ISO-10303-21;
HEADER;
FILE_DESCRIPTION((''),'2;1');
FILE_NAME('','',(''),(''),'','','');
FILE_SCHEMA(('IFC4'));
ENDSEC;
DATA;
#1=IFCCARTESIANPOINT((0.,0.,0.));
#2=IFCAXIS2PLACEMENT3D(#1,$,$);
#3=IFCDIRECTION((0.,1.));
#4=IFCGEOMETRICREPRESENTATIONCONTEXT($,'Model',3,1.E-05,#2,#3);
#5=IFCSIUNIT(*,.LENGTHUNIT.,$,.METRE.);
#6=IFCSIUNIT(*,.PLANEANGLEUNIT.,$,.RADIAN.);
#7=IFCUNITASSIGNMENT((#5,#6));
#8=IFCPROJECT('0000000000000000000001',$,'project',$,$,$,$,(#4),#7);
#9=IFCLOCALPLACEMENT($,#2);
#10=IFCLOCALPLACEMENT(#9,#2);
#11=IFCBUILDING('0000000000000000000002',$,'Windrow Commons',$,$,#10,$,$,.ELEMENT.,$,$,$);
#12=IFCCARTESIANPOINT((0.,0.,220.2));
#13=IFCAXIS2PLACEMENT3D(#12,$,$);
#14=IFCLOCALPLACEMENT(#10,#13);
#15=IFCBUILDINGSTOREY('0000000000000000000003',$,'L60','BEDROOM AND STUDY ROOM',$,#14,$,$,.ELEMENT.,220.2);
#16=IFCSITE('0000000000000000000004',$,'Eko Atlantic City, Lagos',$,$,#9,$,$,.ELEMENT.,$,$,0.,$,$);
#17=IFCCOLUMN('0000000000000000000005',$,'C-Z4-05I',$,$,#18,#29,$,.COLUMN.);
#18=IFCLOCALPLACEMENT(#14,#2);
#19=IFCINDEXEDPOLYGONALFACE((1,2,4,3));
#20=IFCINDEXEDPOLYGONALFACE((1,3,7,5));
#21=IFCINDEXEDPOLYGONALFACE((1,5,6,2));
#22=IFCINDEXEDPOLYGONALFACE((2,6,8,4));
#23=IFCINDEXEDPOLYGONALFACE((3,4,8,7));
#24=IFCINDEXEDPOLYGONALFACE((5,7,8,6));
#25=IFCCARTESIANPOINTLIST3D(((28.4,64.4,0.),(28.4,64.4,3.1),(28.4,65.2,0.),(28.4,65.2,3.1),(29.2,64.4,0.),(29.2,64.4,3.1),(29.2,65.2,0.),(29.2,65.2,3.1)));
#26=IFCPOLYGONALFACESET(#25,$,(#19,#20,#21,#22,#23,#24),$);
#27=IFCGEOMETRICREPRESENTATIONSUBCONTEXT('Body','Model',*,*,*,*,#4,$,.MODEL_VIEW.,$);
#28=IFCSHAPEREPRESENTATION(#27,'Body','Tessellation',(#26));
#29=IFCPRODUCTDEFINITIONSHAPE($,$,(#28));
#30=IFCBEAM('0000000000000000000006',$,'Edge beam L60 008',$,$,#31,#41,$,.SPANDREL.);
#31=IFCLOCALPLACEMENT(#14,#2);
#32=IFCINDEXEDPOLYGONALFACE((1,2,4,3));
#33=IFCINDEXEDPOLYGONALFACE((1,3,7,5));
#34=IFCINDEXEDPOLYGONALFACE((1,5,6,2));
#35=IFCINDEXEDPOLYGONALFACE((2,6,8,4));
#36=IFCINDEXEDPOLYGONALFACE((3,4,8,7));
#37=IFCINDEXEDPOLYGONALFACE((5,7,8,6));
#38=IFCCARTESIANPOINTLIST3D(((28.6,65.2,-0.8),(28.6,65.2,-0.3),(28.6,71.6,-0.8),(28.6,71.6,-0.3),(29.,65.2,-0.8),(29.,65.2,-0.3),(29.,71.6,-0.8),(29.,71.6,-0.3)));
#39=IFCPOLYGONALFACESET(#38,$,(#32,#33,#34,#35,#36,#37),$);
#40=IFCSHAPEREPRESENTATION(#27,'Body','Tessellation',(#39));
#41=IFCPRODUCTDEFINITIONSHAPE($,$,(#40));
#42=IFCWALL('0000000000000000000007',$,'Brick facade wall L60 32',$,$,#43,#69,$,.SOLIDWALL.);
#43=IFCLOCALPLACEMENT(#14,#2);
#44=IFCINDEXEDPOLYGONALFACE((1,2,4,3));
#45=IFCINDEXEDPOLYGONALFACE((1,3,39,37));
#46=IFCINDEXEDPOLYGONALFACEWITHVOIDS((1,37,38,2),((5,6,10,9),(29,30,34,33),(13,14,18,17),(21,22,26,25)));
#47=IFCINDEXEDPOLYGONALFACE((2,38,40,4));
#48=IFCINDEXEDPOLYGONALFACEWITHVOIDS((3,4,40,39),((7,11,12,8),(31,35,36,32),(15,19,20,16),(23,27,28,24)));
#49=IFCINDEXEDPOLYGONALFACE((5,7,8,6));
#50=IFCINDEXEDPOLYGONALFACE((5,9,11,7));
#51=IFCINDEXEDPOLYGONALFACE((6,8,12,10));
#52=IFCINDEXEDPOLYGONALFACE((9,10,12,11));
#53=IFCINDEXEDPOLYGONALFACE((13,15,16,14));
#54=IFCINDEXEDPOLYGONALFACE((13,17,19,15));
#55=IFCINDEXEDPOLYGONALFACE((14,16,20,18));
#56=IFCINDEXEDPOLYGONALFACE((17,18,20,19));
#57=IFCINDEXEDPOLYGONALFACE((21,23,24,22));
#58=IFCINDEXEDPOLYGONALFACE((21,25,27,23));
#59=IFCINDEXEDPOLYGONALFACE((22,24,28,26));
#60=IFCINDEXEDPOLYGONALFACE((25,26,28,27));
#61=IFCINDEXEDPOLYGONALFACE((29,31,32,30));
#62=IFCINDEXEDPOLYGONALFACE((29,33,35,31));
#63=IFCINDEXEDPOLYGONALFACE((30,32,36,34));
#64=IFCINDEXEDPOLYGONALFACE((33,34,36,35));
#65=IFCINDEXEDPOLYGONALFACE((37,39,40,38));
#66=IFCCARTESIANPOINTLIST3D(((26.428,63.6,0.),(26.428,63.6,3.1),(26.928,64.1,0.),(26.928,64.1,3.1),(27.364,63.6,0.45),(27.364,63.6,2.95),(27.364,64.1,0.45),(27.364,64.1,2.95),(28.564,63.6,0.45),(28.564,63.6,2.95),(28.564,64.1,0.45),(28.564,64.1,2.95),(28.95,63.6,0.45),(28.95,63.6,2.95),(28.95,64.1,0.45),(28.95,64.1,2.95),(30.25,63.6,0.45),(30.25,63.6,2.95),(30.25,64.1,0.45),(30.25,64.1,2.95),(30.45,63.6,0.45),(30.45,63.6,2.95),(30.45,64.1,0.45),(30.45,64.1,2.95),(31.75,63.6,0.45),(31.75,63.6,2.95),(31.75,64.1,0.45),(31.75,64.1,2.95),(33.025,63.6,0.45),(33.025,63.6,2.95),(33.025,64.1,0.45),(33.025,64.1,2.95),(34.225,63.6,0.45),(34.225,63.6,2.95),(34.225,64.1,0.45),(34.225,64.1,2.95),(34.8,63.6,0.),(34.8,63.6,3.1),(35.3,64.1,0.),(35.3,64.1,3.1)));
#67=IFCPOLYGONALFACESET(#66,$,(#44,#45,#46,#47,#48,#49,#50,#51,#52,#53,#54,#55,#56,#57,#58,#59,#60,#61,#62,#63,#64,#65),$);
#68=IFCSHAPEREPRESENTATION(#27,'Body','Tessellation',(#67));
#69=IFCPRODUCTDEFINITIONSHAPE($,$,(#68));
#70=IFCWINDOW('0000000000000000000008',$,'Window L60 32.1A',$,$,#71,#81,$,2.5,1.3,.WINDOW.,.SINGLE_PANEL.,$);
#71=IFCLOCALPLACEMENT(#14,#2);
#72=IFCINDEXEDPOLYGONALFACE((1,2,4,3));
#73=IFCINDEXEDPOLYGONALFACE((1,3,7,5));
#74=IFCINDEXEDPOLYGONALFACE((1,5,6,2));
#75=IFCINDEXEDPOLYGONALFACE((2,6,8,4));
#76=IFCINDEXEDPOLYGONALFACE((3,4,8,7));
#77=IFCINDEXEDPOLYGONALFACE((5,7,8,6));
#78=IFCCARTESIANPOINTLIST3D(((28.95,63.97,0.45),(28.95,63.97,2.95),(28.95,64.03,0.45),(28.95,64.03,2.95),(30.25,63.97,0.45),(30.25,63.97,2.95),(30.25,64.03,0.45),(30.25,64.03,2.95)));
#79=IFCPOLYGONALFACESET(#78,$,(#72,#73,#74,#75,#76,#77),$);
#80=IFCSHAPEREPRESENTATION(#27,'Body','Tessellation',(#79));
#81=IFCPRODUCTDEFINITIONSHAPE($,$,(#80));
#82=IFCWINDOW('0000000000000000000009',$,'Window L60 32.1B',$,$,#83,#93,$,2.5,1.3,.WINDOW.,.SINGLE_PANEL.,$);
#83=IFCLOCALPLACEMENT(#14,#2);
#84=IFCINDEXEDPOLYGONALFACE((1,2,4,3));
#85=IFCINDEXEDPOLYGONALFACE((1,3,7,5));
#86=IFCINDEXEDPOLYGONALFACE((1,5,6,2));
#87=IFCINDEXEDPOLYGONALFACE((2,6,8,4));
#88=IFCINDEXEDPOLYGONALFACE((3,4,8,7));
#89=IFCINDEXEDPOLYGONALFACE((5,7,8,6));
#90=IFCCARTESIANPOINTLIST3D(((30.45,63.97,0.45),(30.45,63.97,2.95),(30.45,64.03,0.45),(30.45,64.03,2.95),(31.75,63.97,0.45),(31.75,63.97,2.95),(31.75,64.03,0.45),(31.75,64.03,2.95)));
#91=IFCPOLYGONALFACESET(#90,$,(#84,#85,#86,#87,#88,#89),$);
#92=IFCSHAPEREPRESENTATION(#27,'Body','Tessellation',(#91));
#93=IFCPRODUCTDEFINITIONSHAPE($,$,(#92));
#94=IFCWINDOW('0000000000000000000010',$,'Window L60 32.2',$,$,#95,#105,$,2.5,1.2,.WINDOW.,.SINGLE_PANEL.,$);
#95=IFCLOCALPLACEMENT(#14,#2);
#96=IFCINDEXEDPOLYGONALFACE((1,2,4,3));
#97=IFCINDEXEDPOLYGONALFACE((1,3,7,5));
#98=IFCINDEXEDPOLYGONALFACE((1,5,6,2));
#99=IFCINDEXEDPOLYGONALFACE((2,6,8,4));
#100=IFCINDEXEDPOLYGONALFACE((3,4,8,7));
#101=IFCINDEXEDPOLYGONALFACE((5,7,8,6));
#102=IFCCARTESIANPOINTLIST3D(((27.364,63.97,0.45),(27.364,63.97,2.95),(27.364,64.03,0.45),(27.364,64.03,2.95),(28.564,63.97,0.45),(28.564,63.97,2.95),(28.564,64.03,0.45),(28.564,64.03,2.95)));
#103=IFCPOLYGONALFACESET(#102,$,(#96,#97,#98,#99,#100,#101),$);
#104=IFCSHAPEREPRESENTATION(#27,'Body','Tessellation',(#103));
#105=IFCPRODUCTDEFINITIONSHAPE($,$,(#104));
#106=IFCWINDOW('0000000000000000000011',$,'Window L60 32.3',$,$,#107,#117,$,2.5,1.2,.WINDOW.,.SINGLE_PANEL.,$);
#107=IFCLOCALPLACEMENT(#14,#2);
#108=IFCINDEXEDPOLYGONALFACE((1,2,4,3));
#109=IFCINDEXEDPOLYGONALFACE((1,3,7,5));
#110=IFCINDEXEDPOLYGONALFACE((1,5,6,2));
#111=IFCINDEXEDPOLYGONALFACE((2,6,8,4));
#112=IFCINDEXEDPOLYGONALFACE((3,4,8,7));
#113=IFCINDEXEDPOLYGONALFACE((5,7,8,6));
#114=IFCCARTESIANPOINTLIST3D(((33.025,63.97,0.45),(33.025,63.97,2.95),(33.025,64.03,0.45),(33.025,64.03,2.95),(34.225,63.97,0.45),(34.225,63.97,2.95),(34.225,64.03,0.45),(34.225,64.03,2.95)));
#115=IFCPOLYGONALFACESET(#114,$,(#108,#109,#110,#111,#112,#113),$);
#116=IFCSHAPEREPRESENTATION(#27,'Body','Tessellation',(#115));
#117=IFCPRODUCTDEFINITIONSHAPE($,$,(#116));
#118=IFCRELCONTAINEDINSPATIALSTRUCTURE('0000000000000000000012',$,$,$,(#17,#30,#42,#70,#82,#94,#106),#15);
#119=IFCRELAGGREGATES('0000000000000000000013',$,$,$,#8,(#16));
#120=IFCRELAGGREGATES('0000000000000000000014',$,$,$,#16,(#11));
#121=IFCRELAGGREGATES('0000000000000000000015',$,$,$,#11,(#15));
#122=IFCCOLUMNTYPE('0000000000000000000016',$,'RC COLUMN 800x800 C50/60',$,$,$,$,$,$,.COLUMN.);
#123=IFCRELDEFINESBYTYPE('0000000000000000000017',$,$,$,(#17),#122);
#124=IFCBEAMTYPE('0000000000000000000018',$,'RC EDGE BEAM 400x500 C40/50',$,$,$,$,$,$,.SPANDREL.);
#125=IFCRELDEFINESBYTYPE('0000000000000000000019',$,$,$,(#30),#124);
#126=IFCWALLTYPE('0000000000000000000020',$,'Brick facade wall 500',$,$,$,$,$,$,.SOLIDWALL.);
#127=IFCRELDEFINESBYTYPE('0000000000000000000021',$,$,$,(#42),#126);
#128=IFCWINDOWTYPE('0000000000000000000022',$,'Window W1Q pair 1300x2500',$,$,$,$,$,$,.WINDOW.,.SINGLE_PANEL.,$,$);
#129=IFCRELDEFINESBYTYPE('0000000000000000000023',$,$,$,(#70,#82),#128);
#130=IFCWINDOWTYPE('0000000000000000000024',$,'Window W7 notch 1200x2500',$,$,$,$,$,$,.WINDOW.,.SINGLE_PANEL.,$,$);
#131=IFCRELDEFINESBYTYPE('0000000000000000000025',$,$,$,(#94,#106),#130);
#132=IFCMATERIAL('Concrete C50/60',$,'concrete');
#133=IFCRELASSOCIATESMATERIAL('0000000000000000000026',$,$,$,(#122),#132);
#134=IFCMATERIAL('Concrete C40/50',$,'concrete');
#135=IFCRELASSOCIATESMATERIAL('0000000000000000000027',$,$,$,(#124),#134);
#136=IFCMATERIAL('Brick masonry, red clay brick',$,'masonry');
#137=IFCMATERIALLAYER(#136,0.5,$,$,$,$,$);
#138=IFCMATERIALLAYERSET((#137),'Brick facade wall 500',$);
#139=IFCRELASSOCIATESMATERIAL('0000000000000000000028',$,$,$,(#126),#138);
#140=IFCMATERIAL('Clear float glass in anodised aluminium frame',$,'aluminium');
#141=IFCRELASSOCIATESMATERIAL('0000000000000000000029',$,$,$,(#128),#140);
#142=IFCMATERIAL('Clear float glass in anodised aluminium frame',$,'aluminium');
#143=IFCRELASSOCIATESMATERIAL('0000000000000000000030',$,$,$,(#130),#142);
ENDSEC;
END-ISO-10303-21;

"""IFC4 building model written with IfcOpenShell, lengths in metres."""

from ifc_helpers import new_model, si_unit, direction, frame, frame_2d, origin, origin_2d, place, context, subcontext, project, spatial, polyline, rectangle, outline, extrude, material, layer, layer_set, material_profile, profile_set, type_object, element, fill, save


model = new_model("IFC4")

# Units and contexts
model_context = context("Model", 3, precision=1e-05, world=origin(), true_north=direction((0.0, 1.0)))
body_context = subcontext(model_context, "Body", "Model", "MODEL_VIEW")
ifc_project = project(units=[si_unit("LENGTHUNIT", "METRE"), si_unit("PLANEANGLEUNIT", "RADIAN")], contexts=[model_context])

# Site, building, storey
site_placement = place(None, origin())
site = spatial("IfcSite", under=ifc_project, at=site_placement, Name="Eko Atlantic City, Lagos", CompositionType="ELEMENT", RefElevation=0.0)
building_placement = place(site_placement, origin())
building = spatial("IfcBuilding", under=site, at=building_placement, Name="Windrow Commons", CompositionType="ELEMENT")
storey_placement = place(building_placement, frame((0.0, 0.0, 220.2)))
storey = spatial("IfcBuildingStorey", under=building, at=storey_placement, Name="L60", Description="BEDROOM AND STUDY ROOM", CompositionType="ELEMENT", Elevation=220.2)

# Column
ifc_material_1 = material(Name="Concrete C50/60", Category="concrete")
ifc_material_profile_1 = material_profile(ifc_material_1, rectangle(XDim=0.8, YDim=0.8, at=origin_2d()))
ifc_profile_set_1 = profile_set([ifc_material_profile_1], Name="Concrete C50/60")
column_type = type_object("IfcColumnType", Name="RC COLUMN 800x800 C50/60", PredefinedType="COLUMN", material=ifc_profile_set_1)
column_placement = place(storey_placement, frame((28.8, 64.8, 0.0), z_axis=(0.0, 0.0, 1.0), x_axis=(1.0, 0.0, 0.0)))
element("IfcColumn", 1, at=column_placement, inside=storey, type_object=column_type, Name="C-Z4-05I", PredefinedType="COLUMN", context=body_context, shape_type="SweptSolid", body=[
    extrude(rectangle(XDim=0.8, YDim=0.8, at=origin_2d()), origin(), (0.0, 0.0, 1.0), 3.1),
])

# Beam
ifc_material_2 = material(Name="Concrete C40/50", Category="concrete")
ifc_material_profile_2 = material_profile(ifc_material_2, rectangle(XDim=0.4, YDim=0.5, at=origin_2d()))
ifc_profile_set_2 = profile_set([ifc_material_profile_2], Name="Concrete C40/50")
beam_type = type_object("IfcBeamType", Name="RC EDGE BEAM 400x500 C40/50", PredefinedType="SPANDREL", material=ifc_profile_set_2)
beam_placement = place(storey_placement, frame((28.8, 65.2, -0.55), z_axis=(0.0, 1.0, 0.0), x_axis=(-1.0, 0.0, 0.0)))
element("IfcBeam", 2, at=beam_placement, inside=storey, type_object=beam_type, Name="Edge beam L60 008", PredefinedType="SPANDREL", context=body_context, shape_type="SweptSolid", body=[
    extrude(rectangle(XDim=0.4, YDim=0.5, at=origin_2d()), origin(), (0.0, 0.0, 1.0), 6.4),
])

# Wall, openings, windows
ifc_material_3 = material(Name="Brick masonry, red clay brick", Category="masonry")
ifc_layer_1 = layer(ifc_material_3, 0.5)
ifc_layer_set_1 = layer_set([ifc_layer_1], Name="Brick facade wall 500")
wall_type_1 = type_object("IfcWallType", Name="Brick facade wall 500", PredefinedType="SOLIDWALL", material=ifc_layer_set_1)
wall_1_placement = place(storey_placement, frame((26.678, 63.85, 0.0), z_axis=(0.0, 0.0, 1.0), x_axis=(1.0, 0.0, 0.0)))
wall_1 = element("IfcWall", 3, at=wall_1_placement, inside=storey, type_object=wall_type_1, Name="Brick facade wall L60 32", PredefinedType="SOLIDWALL", context=body_context, shape_type="SweptSolid", body=[
    extrude(outline(polyline([(-0.25, -0.25), (8.122, -0.25), (8.622, 0.25), (0.25, 0.25), (-0.25, -0.25)])), origin(), (0.0, 0.0, 1.0), 3.1),
])
opening_1_placement = place(wall_1_placement, frame((2.272, 0.0, 0.45)))
opening_1 = element("IfcOpeningElement", 4, at=opening_1_placement, cuts=wall_1, PredefinedType="OPENING", context=body_context, shape_type="SweptSolid", body=[
    extrude(rectangle(XDim=1.3, YDim=2.5, at=frame_2d((0.65, 1.25))), frame((0.0, 0.26, 0.0), z_axis=(0.0, -1.0, 0.0), x_axis=(1.0, 0.0, 0.0)), (0.0, 0.0, 1.0), 0.52),
])
opening_2_placement = place(wall_1_placement, frame((3.772, 0.0, 0.45)))
opening_2 = element("IfcOpeningElement", 5, at=opening_2_placement, cuts=wall_1, PredefinedType="OPENING", context=body_context, shape_type="SweptSolid", body=[
    extrude(rectangle(XDim=1.3, YDim=2.5, at=frame_2d((0.65, 1.25))), frame((0.0, 0.26, 0.0), z_axis=(0.0, -1.0, 0.0), x_axis=(1.0, 0.0, 0.0)), (0.0, 0.0, 1.0), 0.52),
])
opening_3_placement = place(wall_1_placement, frame((0.686, 0.0, 0.45)))
opening_3 = element("IfcOpeningElement", 6, at=opening_3_placement, cuts=wall_1, PredefinedType="OPENING", context=body_context, shape_type="SweptSolid", body=[
    extrude(rectangle(XDim=1.2, YDim=2.5, at=frame_2d((0.6, 1.25))), frame((0.0, 0.26, 0.0), z_axis=(0.0, -1.0, 0.0), x_axis=(1.0, 0.0, 0.0)), (0.0, 0.0, 1.0), 0.52),
])
opening_4_placement = place(wall_1_placement, frame((6.347, 0.0, 0.45)))
opening_4 = element("IfcOpeningElement", 7, at=opening_4_placement, cuts=wall_1, PredefinedType="OPENING", context=body_context, shape_type="SweptSolid", body=[
    extrude(rectangle(XDim=1.2, YDim=2.5, at=frame_2d((0.6, 1.25))), frame((0.0, 0.26, 0.0), z_axis=(0.0, -1.0, 0.0), x_axis=(1.0, 0.0, 0.0)), (0.0, 0.0, 1.0), 0.52),
])
ifc_material_4 = material(Name="Clear float glass in anodised aluminium frame", Category="aluminium")
window_type_1 = type_object("IfcWindowType", Name="Window W1Q pair 1300x2500", PartitioningType="SINGLE_PANEL", PredefinedType="WINDOW", material=ifc_material_4)
window_1_placement = place(opening_1_placement, origin())
window_1 = element("IfcWindow", 8, at=window_1_placement, inside=storey, type_object=window_type_1, Name="Window L60 32.1A", OverallHeight=2.5, OverallWidth=1.3, PartitioningType="SINGLE_PANEL", PredefinedType="WINDOW", context=body_context, shape_type="SweptSolid", body=[
    extrude(rectangle(XDim=1.3, YDim=2.5, at=frame_2d((0.65, 1.25))), frame((0.0, 0.18, 0.0), z_axis=(0.0, -1.0, 0.0), x_axis=(1.0, 0.0, 0.0)), (0.0, 0.0, 1.0), 0.06),
])
fill(opening_1, window_1)
window_2_placement = place(opening_2_placement, origin())
window_2 = element("IfcWindow", 9, at=window_2_placement, inside=storey, type_object=window_type_1, Name="Window L60 32.1B", OverallHeight=2.5, OverallWidth=1.3, PartitioningType="SINGLE_PANEL", PredefinedType="WINDOW", context=body_context, shape_type="SweptSolid", body=[
    extrude(rectangle(XDim=1.3, YDim=2.5, at=frame_2d((0.65, 1.25))), frame((0.0, 0.18, 0.0), z_axis=(0.0, -1.0, 0.0), x_axis=(1.0, 0.0, 0.0)), (0.0, 0.0, 1.0), 0.06),
])
fill(opening_2, window_2)
ifc_material_5 = material(Name="Clear float glass in anodised aluminium frame", Category="aluminium")
window_type_2 = type_object("IfcWindowType", Name="Window W7 notch 1200x2500", PartitioningType="SINGLE_PANEL", PredefinedType="WINDOW", material=ifc_material_5)
window_3_placement = place(opening_3_placement, origin())
window_3 = element("IfcWindow", 10, at=window_3_placement, inside=storey, type_object=window_type_2, Name="Window L60 32.2", OverallHeight=2.5, OverallWidth=1.2, PartitioningType="SINGLE_PANEL", PredefinedType="WINDOW", context=body_context, shape_type="SweptSolid", body=[
    extrude(rectangle(XDim=1.2, YDim=2.5, at=frame_2d((0.6, 1.25))), frame((0.0, 0.18, 0.0), z_axis=(0.0, -1.0, 0.0), x_axis=(1.0, 0.0, 0.0)), (0.0, 0.0, 1.0), 0.06),
])
fill(opening_3, window_3)
window_4_placement = place(opening_4_placement, origin())
window_4 = element("IfcWindow", 11, at=window_4_placement, inside=storey, type_object=window_type_2, Name="Window L60 32.3", OverallHeight=2.5, OverallWidth=1.2, PartitioningType="SINGLE_PANEL", PredefinedType="WINDOW", context=body_context, shape_type="SweptSolid", body=[
    extrude(rectangle(XDim=1.2, YDim=2.5, at=frame_2d((0.6, 1.25))), frame((0.0, 0.18, 0.0), z_axis=(0.0, -1.0, 0.0), x_axis=(1.0, 0.0, 0.0)), (0.0, 0.0, 1.0), 0.06),
])
fill(opening_4, window_4)

save(model, "model.ifc")
